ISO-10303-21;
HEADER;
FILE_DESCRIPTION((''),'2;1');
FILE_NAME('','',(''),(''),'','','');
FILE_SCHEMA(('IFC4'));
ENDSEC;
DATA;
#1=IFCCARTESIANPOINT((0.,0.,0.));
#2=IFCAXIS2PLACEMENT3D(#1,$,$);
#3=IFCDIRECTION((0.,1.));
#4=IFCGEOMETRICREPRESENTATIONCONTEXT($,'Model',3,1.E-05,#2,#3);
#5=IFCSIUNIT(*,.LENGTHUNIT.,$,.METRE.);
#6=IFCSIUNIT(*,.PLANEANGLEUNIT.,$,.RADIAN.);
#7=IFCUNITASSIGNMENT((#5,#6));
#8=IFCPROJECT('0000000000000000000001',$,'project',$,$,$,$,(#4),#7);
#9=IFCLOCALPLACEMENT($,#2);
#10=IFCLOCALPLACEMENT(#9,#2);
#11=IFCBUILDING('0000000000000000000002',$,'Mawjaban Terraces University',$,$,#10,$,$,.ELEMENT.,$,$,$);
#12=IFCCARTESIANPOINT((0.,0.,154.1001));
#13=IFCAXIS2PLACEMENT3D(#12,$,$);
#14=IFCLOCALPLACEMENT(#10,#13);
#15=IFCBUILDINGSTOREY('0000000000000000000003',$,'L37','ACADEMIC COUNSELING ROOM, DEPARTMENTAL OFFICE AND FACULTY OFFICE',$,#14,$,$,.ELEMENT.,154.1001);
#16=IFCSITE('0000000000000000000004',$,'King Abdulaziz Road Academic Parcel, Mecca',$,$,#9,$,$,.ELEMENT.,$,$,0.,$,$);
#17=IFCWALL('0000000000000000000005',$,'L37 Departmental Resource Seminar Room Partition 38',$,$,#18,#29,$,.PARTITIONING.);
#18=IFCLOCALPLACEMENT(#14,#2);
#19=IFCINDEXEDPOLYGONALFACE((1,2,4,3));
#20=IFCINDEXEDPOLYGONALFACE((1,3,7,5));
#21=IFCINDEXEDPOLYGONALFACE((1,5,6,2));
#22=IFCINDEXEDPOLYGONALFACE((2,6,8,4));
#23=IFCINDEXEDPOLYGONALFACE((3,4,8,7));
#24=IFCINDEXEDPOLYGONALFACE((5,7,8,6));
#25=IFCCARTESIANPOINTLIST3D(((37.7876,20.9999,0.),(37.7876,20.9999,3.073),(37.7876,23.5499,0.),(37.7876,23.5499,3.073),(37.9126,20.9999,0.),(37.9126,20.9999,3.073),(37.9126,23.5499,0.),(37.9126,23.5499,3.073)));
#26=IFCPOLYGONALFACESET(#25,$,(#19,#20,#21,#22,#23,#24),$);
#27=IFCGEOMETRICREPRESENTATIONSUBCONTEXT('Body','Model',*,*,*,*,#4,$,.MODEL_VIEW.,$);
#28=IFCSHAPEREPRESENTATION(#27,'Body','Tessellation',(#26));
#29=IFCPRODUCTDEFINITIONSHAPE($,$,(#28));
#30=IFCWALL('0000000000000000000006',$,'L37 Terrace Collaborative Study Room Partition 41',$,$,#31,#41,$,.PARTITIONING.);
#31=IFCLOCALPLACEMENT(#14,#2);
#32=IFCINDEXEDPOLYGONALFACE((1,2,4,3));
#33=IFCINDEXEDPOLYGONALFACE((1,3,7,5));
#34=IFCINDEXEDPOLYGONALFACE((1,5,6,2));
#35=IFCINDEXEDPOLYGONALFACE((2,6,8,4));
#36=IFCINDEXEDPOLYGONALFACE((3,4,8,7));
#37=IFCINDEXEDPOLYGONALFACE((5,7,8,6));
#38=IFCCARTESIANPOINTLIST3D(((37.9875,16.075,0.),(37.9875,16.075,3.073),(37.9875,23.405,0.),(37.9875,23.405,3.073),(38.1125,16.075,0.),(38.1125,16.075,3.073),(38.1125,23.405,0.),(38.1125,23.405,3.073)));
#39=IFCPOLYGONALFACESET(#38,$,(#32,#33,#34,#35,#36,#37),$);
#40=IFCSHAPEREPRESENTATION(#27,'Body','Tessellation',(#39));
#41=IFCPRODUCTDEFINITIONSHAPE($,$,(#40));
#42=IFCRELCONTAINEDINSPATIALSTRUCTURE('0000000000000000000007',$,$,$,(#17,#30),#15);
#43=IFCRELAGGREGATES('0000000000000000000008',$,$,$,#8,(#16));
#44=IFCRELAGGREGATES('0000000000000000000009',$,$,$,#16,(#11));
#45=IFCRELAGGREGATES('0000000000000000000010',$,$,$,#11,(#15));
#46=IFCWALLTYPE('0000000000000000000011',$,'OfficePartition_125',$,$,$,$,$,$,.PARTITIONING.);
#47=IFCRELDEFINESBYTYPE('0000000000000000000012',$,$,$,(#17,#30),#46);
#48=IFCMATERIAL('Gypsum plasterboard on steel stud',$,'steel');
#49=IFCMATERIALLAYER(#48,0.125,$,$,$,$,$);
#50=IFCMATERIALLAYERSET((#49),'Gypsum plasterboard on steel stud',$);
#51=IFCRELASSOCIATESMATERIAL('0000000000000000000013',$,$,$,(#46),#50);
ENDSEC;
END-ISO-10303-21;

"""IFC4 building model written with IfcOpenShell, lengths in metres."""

from ifc_helpers import new_model, si_unit, direction, frame, frame_2d, origin, place, context, subcontext, project, spatial, rectangle, extrude, material, layer, layer_set, type_object, element, save


model = new_model("IFC4")

# Units and contexts
model_context = context("Model", 3, precision=1e-05, world=origin(), true_north=direction((0.0, 1.0)))
body_context = subcontext(model_context, "Body", "Model", "MODEL_VIEW")
ifc_project = project(units=[si_unit("LENGTHUNIT", "METRE"), si_unit("PLANEANGLEUNIT", "RADIAN")], contexts=[model_context])

# Site, building, storey
site_placement = place(None, origin())
site = spatial("IfcSite", under=ifc_project, at=site_placement, Name="King Abdulaziz Road Academic Parcel, Mecca", CompositionType="ELEMENT", RefElevation=0.0)
building_placement = place(site_placement, origin())
building = spatial("IfcBuilding", under=site, at=building_placement, Name="Mawjaban Terraces University", CompositionType="ELEMENT")
storey_placement = place(building_placement, frame((0.0, 0.0, 154.1001)))
storey = spatial("IfcBuildingStorey", under=building, at=storey_placement, Name="L37", Description="ACADEMIC COUNSELING ROOM, DEPARTMENTAL OFFICE AND FACULTY OFFICE", CompositionType="ELEMENT", Elevation=154.1001)

# Walls
ifc_material_1 = material(Name="Gypsum plasterboard on steel stud", Category="steel")
ifc_layer_1 = layer(ifc_material_1, 0.125)
ifc_layer_set_1 = layer_set([ifc_layer_1], Name="Gypsum plasterboard on steel stud")
wall_type_1 = type_object("IfcWallType", Name="OfficePartition_125", PredefinedType="PARTITIONING", material=ifc_layer_set_1)
wall_1_placement = place(storey_placement, frame((37.8501, 21.0, 0.0), z_axis=(0.0, 0.0, 1.0), x_axis=(0.0, 1.0, 0.0)))
element("IfcWall", 1, at=wall_1_placement, inside=storey, type_object=wall_type_1, Name="L37 Departmental Resource Seminar Room Partition 38", PredefinedType="PARTITIONING", context=body_context, shape_type="SweptSolid", body=[
    extrude(rectangle(XDim=2.55, YDim=0.125, at=frame_2d((1.2749, 0.0))), origin(), (0.0, 0.0, 1.0), 3.073),
])
wall_2_placement = place(storey_placement, frame((38.05, 23.405, 0.0), z_axis=(0.0, 0.0, 1.0), x_axis=(0.0, -1.0, 0.0)))
element("IfcWall", 2, at=wall_2_placement, inside=storey, type_object=wall_type_1, Name="L37 Terrace Collaborative Study Room Partition 41", PredefinedType="PARTITIONING", context=body_context, shape_type="SweptSolid", body=[
    extrude(rectangle(XDim=7.3301, YDim=0.125, at=frame_2d((3.665, 0.0))), origin(), (0.0, 0.0, 1.0), 3.073),
])

save(model, "model.ifc")
